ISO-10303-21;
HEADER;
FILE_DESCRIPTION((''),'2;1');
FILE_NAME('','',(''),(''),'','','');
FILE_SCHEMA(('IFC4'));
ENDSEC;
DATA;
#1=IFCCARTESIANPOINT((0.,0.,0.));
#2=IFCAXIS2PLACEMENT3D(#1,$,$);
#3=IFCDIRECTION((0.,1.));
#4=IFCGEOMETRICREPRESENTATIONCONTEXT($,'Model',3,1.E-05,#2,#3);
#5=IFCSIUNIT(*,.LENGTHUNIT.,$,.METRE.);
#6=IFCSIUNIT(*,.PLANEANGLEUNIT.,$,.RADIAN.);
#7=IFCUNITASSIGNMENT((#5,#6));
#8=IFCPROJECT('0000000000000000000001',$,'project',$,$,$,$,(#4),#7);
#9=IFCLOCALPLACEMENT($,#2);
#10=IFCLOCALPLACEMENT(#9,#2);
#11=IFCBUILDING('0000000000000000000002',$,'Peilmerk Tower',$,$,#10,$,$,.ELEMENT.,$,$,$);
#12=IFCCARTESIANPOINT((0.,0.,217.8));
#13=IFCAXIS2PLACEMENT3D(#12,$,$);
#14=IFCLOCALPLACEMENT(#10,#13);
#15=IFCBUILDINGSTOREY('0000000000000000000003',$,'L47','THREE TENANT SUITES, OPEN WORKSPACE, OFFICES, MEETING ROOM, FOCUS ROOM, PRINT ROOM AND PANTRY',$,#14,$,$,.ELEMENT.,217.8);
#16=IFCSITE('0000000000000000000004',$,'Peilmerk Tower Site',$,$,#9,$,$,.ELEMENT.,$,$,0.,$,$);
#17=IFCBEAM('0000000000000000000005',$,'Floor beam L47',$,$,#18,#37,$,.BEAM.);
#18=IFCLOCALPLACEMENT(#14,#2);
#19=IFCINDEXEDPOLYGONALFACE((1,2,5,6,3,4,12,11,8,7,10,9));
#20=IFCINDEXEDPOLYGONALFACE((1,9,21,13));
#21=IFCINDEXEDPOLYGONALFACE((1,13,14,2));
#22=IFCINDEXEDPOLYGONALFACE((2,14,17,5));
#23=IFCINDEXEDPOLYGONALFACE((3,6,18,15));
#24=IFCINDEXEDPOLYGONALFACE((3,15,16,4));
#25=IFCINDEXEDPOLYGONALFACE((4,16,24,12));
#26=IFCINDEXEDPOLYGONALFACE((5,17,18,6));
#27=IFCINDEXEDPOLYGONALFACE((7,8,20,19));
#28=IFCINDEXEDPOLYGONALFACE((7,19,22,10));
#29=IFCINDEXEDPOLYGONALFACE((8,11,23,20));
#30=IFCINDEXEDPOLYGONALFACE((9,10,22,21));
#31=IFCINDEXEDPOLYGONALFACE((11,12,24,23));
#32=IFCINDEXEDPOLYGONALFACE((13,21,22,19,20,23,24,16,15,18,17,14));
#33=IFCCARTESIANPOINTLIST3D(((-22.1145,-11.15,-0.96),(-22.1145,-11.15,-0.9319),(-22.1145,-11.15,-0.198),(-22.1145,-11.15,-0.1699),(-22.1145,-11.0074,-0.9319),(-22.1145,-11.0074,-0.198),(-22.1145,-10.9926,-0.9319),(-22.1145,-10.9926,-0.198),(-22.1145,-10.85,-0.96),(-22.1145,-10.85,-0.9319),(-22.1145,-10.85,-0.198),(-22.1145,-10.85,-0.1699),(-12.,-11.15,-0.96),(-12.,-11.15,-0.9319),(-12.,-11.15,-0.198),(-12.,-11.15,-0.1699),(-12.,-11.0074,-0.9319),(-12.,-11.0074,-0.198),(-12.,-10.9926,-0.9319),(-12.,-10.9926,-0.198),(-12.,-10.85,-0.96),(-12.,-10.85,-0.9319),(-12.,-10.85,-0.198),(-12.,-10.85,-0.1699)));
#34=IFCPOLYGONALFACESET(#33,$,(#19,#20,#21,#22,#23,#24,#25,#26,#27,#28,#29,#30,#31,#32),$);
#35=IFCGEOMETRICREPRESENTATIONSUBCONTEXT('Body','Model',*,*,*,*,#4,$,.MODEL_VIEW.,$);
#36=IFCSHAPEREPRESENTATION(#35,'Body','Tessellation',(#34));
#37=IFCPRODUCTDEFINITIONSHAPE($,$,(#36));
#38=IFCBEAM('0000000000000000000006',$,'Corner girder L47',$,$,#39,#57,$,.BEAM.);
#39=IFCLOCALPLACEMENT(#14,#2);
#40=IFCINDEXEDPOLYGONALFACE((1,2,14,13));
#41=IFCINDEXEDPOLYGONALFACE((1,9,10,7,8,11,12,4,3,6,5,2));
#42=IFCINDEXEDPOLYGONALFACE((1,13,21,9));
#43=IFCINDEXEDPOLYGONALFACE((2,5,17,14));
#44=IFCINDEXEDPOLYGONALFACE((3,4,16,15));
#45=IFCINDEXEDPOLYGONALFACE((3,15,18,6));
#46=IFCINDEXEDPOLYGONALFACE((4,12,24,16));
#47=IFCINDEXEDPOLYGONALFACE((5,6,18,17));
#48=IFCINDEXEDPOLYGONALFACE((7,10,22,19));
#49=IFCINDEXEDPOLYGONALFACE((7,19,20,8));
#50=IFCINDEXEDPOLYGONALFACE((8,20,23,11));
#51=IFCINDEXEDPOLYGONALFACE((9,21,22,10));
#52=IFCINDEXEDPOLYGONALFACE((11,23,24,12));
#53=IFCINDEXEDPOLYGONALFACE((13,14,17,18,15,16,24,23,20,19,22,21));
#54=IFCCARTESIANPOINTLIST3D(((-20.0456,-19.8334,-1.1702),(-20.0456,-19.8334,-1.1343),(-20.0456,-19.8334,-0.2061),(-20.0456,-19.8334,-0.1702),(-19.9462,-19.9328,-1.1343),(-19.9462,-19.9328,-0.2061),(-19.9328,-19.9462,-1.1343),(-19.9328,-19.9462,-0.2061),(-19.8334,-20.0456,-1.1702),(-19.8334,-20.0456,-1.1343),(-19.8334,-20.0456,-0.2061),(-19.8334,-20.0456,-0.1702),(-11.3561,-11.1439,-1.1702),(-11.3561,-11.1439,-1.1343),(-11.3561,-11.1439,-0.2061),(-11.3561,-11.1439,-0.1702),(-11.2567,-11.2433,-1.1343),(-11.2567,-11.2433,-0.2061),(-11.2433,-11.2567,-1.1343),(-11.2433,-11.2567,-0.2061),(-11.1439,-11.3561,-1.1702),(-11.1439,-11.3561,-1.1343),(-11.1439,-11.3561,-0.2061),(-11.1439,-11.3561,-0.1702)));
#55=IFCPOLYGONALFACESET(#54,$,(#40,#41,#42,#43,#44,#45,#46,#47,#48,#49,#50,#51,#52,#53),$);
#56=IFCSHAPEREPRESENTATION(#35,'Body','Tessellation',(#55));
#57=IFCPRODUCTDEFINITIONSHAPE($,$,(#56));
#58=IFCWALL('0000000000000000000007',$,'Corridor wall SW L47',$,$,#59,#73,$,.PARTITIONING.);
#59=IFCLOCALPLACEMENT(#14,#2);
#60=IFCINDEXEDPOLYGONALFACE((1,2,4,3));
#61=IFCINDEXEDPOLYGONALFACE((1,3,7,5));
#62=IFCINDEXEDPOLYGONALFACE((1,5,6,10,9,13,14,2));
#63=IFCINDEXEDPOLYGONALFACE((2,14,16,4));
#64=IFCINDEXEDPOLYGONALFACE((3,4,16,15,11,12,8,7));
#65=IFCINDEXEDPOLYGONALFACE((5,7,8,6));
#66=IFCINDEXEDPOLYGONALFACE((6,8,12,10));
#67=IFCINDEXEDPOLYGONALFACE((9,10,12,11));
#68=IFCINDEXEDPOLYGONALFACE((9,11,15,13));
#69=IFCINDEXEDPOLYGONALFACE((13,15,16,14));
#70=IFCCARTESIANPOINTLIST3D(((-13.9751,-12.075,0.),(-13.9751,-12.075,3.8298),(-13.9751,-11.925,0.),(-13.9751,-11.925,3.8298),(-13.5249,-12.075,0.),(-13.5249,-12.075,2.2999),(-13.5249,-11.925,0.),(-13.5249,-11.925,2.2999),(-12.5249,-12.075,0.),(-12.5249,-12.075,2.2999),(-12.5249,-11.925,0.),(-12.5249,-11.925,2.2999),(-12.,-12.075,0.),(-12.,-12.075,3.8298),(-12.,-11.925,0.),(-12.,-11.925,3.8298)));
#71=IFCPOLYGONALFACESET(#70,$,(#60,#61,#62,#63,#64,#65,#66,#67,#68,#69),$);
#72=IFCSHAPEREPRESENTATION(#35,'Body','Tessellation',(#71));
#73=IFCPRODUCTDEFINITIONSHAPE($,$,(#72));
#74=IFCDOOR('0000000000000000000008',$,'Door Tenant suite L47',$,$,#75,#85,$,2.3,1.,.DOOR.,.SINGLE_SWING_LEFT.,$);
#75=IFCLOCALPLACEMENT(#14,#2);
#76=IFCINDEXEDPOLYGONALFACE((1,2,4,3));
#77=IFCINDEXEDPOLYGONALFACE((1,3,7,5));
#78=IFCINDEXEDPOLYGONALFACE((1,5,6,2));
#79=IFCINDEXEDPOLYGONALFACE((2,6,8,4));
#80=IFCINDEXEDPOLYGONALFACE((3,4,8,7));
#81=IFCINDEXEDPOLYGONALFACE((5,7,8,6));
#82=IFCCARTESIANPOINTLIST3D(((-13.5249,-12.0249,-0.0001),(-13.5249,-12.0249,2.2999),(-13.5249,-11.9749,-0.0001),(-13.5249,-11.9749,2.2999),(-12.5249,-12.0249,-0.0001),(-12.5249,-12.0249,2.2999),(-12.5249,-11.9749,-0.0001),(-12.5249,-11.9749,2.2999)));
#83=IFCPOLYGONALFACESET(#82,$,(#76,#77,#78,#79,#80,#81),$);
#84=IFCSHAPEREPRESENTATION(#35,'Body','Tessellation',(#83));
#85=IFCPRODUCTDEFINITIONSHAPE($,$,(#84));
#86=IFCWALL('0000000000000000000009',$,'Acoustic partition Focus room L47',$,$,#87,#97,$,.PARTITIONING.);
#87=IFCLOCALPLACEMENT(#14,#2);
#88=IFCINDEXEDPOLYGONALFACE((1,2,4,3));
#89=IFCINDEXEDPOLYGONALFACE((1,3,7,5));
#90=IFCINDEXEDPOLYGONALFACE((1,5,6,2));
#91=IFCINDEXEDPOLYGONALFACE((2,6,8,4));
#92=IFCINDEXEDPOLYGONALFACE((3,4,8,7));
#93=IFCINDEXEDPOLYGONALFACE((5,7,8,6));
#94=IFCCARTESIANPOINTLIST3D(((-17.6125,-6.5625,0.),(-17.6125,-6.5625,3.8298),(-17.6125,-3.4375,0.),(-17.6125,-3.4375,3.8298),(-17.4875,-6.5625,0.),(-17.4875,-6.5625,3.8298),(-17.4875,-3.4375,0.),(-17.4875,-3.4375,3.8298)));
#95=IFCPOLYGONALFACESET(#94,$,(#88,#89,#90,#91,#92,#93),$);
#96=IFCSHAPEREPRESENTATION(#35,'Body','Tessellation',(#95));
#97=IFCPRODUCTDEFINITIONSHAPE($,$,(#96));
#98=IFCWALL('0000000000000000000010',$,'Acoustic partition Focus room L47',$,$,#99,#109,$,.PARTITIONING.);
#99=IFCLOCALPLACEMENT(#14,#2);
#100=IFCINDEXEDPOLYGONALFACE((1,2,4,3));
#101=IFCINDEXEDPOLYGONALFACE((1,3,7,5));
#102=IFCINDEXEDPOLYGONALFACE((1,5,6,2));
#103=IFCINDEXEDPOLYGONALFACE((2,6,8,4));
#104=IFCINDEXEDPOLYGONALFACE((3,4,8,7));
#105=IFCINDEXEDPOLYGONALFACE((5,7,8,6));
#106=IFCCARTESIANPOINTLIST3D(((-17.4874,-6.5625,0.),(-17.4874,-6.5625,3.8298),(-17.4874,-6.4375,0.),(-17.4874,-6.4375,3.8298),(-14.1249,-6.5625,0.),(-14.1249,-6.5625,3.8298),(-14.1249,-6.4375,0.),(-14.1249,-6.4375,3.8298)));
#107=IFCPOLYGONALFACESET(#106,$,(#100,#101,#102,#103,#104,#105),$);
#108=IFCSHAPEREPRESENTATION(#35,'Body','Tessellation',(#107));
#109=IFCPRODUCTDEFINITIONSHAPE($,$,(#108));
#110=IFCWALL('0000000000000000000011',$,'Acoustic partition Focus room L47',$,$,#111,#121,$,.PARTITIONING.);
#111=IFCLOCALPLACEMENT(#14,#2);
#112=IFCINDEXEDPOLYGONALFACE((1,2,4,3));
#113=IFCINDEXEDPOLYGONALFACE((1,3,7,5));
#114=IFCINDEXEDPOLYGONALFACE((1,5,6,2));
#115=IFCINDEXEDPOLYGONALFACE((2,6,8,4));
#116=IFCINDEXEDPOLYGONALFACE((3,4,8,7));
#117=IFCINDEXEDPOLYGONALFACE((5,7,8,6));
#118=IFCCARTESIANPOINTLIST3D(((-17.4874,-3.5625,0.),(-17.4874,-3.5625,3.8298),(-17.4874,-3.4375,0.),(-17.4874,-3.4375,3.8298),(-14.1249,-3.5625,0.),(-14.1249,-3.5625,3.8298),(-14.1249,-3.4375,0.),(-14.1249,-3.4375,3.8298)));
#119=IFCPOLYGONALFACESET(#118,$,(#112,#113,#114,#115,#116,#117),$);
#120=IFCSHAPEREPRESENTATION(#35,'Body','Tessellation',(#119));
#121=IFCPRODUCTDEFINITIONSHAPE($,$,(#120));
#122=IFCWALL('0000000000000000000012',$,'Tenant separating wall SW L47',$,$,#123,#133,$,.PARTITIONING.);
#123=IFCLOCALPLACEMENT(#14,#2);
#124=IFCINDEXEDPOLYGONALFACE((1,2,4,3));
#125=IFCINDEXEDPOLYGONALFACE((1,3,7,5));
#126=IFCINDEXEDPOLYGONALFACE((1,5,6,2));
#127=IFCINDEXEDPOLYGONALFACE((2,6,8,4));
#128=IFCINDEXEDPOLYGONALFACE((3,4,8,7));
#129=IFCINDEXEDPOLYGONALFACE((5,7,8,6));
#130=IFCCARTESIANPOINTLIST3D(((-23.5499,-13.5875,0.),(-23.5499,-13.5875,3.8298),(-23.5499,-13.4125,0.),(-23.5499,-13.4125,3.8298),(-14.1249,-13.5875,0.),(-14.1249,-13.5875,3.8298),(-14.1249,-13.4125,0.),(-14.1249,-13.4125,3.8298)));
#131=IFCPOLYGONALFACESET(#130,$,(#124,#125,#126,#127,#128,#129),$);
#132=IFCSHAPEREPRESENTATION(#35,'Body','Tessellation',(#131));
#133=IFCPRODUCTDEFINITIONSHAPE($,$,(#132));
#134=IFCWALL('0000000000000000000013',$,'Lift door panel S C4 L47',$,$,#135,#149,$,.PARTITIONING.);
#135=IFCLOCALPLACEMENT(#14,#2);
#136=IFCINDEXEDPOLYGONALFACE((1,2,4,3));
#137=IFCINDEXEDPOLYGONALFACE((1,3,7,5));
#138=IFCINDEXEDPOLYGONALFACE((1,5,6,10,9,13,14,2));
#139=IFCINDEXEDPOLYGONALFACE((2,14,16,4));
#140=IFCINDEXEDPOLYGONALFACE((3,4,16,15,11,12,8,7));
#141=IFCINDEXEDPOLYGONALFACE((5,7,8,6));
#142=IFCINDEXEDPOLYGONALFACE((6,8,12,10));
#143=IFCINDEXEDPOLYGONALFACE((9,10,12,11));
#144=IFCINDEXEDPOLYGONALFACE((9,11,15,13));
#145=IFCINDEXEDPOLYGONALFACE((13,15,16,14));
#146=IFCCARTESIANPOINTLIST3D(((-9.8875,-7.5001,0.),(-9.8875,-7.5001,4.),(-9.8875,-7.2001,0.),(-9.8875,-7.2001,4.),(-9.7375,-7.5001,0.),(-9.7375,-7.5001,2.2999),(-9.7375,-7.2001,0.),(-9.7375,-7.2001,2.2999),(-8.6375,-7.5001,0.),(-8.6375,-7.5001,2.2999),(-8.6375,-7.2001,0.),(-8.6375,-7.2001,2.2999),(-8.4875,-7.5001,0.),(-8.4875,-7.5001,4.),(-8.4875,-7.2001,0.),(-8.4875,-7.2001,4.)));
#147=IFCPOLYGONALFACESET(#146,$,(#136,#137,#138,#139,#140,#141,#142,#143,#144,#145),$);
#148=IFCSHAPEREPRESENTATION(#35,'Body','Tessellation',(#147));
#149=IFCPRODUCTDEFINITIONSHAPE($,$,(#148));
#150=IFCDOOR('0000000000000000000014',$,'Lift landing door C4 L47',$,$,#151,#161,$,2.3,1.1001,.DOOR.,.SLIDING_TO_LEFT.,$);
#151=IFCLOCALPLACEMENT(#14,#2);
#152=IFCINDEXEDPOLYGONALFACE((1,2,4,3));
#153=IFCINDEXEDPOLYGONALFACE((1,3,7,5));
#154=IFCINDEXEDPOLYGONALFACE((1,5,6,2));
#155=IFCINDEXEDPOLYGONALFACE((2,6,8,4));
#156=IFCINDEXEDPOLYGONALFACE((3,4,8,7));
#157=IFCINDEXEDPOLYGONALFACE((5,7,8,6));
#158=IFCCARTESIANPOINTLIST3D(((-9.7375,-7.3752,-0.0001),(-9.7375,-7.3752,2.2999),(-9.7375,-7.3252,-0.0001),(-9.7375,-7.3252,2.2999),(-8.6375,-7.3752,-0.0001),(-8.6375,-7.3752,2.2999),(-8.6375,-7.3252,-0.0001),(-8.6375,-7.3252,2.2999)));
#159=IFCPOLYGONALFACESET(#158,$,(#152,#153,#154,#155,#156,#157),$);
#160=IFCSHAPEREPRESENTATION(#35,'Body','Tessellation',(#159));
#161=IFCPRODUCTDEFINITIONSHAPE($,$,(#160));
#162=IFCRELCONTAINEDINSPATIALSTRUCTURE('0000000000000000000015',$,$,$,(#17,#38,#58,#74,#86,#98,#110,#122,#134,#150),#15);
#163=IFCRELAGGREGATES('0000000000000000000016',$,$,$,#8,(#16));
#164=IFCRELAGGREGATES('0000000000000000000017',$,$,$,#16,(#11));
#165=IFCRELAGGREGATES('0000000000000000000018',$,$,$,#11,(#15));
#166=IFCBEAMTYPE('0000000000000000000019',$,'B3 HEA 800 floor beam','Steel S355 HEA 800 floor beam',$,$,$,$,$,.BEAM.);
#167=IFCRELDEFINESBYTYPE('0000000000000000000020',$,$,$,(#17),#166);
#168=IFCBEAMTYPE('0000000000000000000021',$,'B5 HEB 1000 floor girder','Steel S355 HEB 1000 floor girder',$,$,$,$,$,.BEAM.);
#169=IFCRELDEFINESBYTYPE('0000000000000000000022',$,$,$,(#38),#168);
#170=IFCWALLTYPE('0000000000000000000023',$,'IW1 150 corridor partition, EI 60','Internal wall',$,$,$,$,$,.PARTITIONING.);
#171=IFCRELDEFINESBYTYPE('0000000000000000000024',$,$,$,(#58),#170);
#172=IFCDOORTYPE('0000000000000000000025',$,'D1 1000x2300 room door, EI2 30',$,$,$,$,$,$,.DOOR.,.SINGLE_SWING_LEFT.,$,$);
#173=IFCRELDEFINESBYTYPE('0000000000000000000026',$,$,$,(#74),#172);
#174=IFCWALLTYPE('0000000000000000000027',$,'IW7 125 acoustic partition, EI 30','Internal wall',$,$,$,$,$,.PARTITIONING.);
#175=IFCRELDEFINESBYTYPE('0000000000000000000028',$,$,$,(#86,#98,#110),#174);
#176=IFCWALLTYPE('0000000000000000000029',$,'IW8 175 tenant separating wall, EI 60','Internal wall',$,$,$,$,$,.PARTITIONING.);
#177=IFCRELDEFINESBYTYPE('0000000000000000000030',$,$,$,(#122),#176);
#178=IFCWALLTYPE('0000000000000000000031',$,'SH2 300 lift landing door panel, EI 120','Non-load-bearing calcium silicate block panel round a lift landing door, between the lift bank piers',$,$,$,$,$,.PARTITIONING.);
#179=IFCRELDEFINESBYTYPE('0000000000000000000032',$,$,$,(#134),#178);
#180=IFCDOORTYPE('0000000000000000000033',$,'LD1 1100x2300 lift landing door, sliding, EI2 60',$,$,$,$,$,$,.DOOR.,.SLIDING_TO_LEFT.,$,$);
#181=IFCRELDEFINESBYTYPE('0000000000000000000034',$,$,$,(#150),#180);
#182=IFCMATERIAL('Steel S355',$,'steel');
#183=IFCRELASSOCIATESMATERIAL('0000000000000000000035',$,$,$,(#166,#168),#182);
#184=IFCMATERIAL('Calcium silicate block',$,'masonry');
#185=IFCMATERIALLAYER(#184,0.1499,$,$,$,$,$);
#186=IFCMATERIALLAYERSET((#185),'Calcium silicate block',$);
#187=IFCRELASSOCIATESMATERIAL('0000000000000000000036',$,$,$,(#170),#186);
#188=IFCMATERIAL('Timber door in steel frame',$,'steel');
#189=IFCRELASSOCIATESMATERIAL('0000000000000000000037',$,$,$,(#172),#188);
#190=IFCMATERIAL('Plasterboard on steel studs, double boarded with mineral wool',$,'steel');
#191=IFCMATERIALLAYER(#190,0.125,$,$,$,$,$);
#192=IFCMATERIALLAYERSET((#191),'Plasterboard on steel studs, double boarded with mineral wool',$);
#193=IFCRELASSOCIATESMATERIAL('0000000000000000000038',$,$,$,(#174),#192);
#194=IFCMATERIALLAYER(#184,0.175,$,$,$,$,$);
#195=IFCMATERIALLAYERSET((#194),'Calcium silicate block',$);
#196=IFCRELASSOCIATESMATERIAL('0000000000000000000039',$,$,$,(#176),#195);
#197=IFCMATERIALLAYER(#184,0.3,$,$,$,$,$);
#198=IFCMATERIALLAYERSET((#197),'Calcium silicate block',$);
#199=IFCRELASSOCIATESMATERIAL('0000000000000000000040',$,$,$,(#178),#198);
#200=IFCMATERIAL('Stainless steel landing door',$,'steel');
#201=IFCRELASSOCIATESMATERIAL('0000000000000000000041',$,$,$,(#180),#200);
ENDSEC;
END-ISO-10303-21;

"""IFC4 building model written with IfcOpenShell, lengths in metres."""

from ifc_helpers import new_model, si_unit, direction, frame, frame_2d, origin, origin_2d, place, context, subcontext, project, spatial, rectangle, i_section, extrude, material, layer, layer_set, material_profile, profile_set, type_object, element, fill, save


model = new_model("IFC4")

# Units and contexts
model_context = context("Model", 3, precision=1e-05, world=origin(), true_north=direction((0.0, 1.0)))
body_context = subcontext(model_context, "Body", "Model", "MODEL_VIEW")
ifc_project = project(units=[si_unit("LENGTHUNIT", "METRE"), si_unit("PLANEANGLEUNIT", "RADIAN")], contexts=[model_context])

# Site, building, storey
site_placement = place(None, origin())
site = spatial("IfcSite", under=ifc_project, at=site_placement, Name="Peilmerk Tower Site", CompositionType="ELEMENT", RefElevation=0.0)
building_placement = place(site_placement, origin())
building = spatial("IfcBuilding", under=site, at=building_placement, Name="Peilmerk Tower", CompositionType="ELEMENT")
storey_placement = place(building_placement, frame((0.0, 0.0, 217.8)))
storey = spatial("IfcBuildingStorey", under=building, at=storey_placement, Name="L47", Description="THREE TENANT SUITES, OPEN WORKSPACE, OFFICES, MEETING ROOM, FOCUS ROOM, PRINT ROOM AND PANTRY", CompositionType="ELEMENT", Elevation=217.8)

# Beams
ifc_material_1 = material(Name="Steel S355", Category="steel")
ifc_material_profile_1 = material_profile(ifc_material_1, i_section(OverallWidth=0.3, OverallDepth=0.79, WebThickness=0.0149, FlangeThickness=0.0281, at=origin_2d()), Name="HEA 800")
ifc_profile_set_1 = profile_set([ifc_material_profile_1], Name="Steel S355")
beam_type_1 = type_object("IfcBeamType", Name="B3 HEA 800 floor beam", Description="Steel S355 HEA 800 floor beam", PredefinedType="BEAM", material=ifc_profile_set_1)
for number, where, z_axis, x_axis, name in (
    (1, (-12.0, -11.0, -0.5649), (-1.0, 0.0, 0.0), (0.0, -1.0, 0.0), "Floor beam L47"),
):
    element("IfcBeam", number, at=place(storey_placement, frame(where, z_axis=z_axis, x_axis=x_axis)), inside=storey, type_object=beam_type_1, Name=name, PredefinedType="BEAM", context=body_context, shape_type="SweptSolid", body=[
        extrude(i_section(OverallWidth=0.3, OverallDepth=0.79, WebThickness=0.0149, FlangeThickness=0.0281, at=origin_2d()), origin(), (0.0, 0.0, 1.0), 10.1145),
    ])
ifc_material_profile_2 = material_profile(ifc_material_1, i_section(OverallWidth=0.3, OverallDepth=1.0, WebThickness=0.019, FlangeThickness=0.0359, at=origin_2d()), Name="HEB 1000")
ifc_profile_set_2 = profile_set([ifc_material_profile_2], Name="Steel S355")
beam_type_2 = type_object("IfcBeamType", Name="B5 HEB 1000 floor girder", Description="Steel S355 HEB 1000 floor girder", PredefinedType="BEAM", material=ifc_profile_set_2)
beam_1_placement = place(storey_placement, frame((-11.25, -11.25, -0.6702), z_axis=(-0.707107, -0.707107, 0.0), x_axis=(0.707107, -0.707107, 0.0)))
element("IfcBeam", 2, at=beam_1_placement, inside=storey, type_object=beam_type_2, Name="Corner girder L47", PredefinedType="BEAM", context=body_context, shape_type="SweptSolid", body=[
    extrude(i_section(OverallWidth=0.3, OverallDepth=1.0, WebThickness=0.019, FlangeThickness=0.0359, at=origin_2d()), origin(), (0.0, 0.0, 1.0), 12.2888),
])

# Wall, opening, door
ifc_material_2 = material(Name="Calcium silicate block", Category="masonry")
ifc_layer_1 = layer(ifc_material_2, 0.1499)
ifc_layer_set_1 = layer_set([ifc_layer_1], Name="Calcium silicate block")
wall_type_1 = type_object("IfcWallType", Name="IW1 150 corridor partition, EI 60", Description="Internal wall", PredefinedType="PARTITIONING", material=ifc_layer_set_1)
wall_1_placement = place(storey_placement, frame((-12.0, -12.0, 0.0), z_axis=(0.0, 0.0, 1.0), x_axis=(-1.0, 0.0, 0.0)))
wall_1 = element("IfcWall", 3, at=wall_1_placement, inside=storey, type_object=wall_type_1, Name="Corridor wall SW L47", PredefinedType="PARTITIONING", context=body_context, shape_type="SweptSolid", body=[
    extrude(rectangle(XDim=1.9751, YDim=0.1499, at=frame_2d((0.9875, 0.0))), origin(), (0.0, 0.0, 1.0), 3.8298),
])
opening_1_placement = place(wall_1_placement, frame((0.5249, 0.0, 0.0)))
opening_1 = element("IfcOpeningElement", 4, at=opening_1_placement, cuts=wall_1, PredefinedType="OPENING", context=body_context, shape_type="SweptSolid", body=[
    extrude(rectangle(XDim=1.0, YDim=2.3, at=frame_2d((0.5, 1.1499))), frame((0.0, 0.085, 0.0), z_axis=(0.0, -1.0, 0.0), x_axis=(1.0, 0.0, 0.0)), (0.0, 0.0, 1.0), 0.1699),
])
ifc_material_3 = material(Name="Timber door in steel frame", Category="steel")
door_type_1 = type_object("IfcDoorType", Name="D1 1000x2300 room door, EI2 30", OperationType="SINGLE_SWING_LEFT", PredefinedType="DOOR", material=ifc_material_3)
door_1_placement = place(opening_1_placement, origin())
door_1 = element("IfcDoor", 5, at=door_1_placement, inside=storey, type_object=door_type_1, Name="Door Tenant suite L47", OperationType="SINGLE_SWING_LEFT", OverallHeight=2.3, OverallWidth=1.0, PredefinedType="DOOR", context=body_context, shape_type="SweptSolid", body=[
    extrude(rectangle(XDim=1.0, YDim=2.3, at=frame_2d((0.5, 1.1499))), frame((0.0, 0.0249, 0.0), z_axis=(0.0, -1.0, 0.0), x_axis=(1.0, 0.0, 0.0)), (0.0, 0.0, 1.0), 0.05),
])
fill(opening_1, door_1)

# Walls
ifc_material_4 = material(Name="Plasterboard on steel studs, double boarded with mineral wool", Category="steel")
ifc_layer_2 = layer(ifc_material_4, 0.125)
ifc_layer_set_2 = layer_set([ifc_layer_2], Name="Plasterboard on steel studs, double boarded with mineral wool")
wall_type_2 = type_object("IfcWallType", Name="IW7 125 acoustic partition, EI 30", Description="Internal wall", PredefinedType="PARTITIONING", material=ifc_layer_set_2)
wall_2_placement = place(storey_placement, frame((-17.55, -6.5625, 0.0), z_axis=(0.0, 0.0, 1.0), x_axis=(0.0, 1.0, 0.0)))
element("IfcWall", 6, at=wall_2_placement, inside=storey, type_object=wall_type_2, Name="Acoustic partition Focus room L47", PredefinedType="PARTITIONING", context=body_context, shape_type="SweptSolid", body=[
    extrude(rectangle(XDim=3.125, YDim=0.125, at=frame_2d((1.5625, 0.0))), origin(), (0.0, 0.0, 1.0), 3.8298),
])
for number, where, z_axis, x_axis, name in (
    (7, (-14.125, -6.5, 0.0), (0.0, 0.0, 1.0), (-1.0, 0.0, 0.0), "Acoustic partition Focus room L47"),
    (8, (-14.125, -3.5, 0.0), (0.0, 0.0, 1.0), (-1.0, 0.0, 0.0), "Acoustic partition Focus room L47"),
):
    element("IfcWall", number, at=place(storey_placement, frame(where, z_axis=z_axis, x_axis=x_axis)), inside=storey, type_object=wall_type_2, Name=name, PredefinedType="PARTITIONING", context=body_context, shape_type="SweptSolid", body=[
        extrude(rectangle(XDim=3.3625, YDim=0.125, at=frame_2d((1.6812, 0.0))), origin(), (0.0, 0.0, 1.0), 3.8298),
    ])
ifc_layer_3 = layer(ifc_material_2, 0.175)
ifc_layer_set_3 = layer_set([ifc_layer_3], Name="Calcium silicate block")
wall_type_3 = type_object("IfcWallType", Name="IW8 175 tenant separating wall, EI 60", Description="Internal wall", PredefinedType="PARTITIONING", material=ifc_layer_set_3)
wall_3_placement = place(storey_placement, frame((-14.125, -13.5, 0.0), z_axis=(0.0, 0.0, 1.0), x_axis=(-1.0, 0.0, 0.0)))
element("IfcWall", 9, at=wall_3_placement, inside=storey, type_object=wall_type_3, Name="Tenant separating wall SW L47", PredefinedType="PARTITIONING", context=body_context, shape_type="SweptSolid", body=[
    extrude(rectangle(XDim=9.425, YDim=0.175, at=frame_2d((4.7124, 0.0))), origin(), (0.0, 0.0, 1.0), 3.8298),
])

# Wall, opening, door
ifc_layer_4 = layer(ifc_material_2, 0.3)
ifc_layer_set_4 = layer_set([ifc_layer_4], Name="Calcium silicate block")
wall_type_4 = type_object("IfcWallType", Name="SH2 300 lift landing door panel, EI 120", Description="Non-load-bearing calcium silicate block panel round a lift landing door, between the lift bank piers", PredefinedType="PARTITIONING", material=ifc_layer_set_4)
wall_4_placement = place(storey_placement, frame((-9.8875, -7.3501, 0.0), z_axis=(0.0, 0.0, 1.0), x_axis=(1.0, 0.0, 0.0)))
wall_4 = element("IfcWall", 10, at=wall_4_placement, inside=storey, type_object=wall_type_4, Name="Lift door panel S C4 L47", PredefinedType="PARTITIONING", context=body_context, shape_type="SweptSolid", body=[
    extrude(rectangle(XDim=1.3999, YDim=0.3, at=frame_2d((0.7, 0.0))), origin(), (0.0, 0.0, 1.0), 4.0),
])
opening_2_placement = place(wall_4_placement, frame((0.1499, 0.0, 0.0)))
opening_2 = element("IfcOpeningElement", 11, at=opening_2_placement, cuts=wall_4, PredefinedType="OPENING", context=body_context, shape_type="SweptSolid", body=[
    extrude(rectangle(XDim=1.1001, YDim=2.3, at=frame_2d((0.55, 1.1499))), frame((0.0, 0.1599, 0.0), z_axis=(0.0, -1.0, 0.0), x_axis=(1.0, 0.0, 0.0)), (0.0, 0.0, 1.0), 0.3201),
])
ifc_material_5 = material(Name="Stainless steel landing door", Category="steel")
door_type_2 = type_object("IfcDoorType", Name="LD1 1100x2300 lift landing door, sliding, EI2 60", OperationType="SLIDING_TO_LEFT", PredefinedType="DOOR", material=ifc_material_5)
door_2_placement = place(opening_2_placement, origin())
door_2 = element("IfcDoor", 12, at=door_2_placement, inside=storey, type_object=door_type_2, Name="Lift landing door C4 L47", OperationType="SLIDING_TO_LEFT", OverallHeight=2.3, OverallWidth=1.1001, PredefinedType="DOOR", context=body_context, shape_type="SweptSolid", body=[
    extrude(rectangle(XDim=1.1001, YDim=2.3, at=frame_2d((0.55, 1.1499))), frame((0.0, 0.0249, 0.0), z_axis=(0.0, -1.0, 0.0), x_axis=(1.0, 0.0, 0.0)), (0.0, 0.0, 1.0), 0.05),
])
fill(opening_2, door_2)

save(model, "model.ifc")
